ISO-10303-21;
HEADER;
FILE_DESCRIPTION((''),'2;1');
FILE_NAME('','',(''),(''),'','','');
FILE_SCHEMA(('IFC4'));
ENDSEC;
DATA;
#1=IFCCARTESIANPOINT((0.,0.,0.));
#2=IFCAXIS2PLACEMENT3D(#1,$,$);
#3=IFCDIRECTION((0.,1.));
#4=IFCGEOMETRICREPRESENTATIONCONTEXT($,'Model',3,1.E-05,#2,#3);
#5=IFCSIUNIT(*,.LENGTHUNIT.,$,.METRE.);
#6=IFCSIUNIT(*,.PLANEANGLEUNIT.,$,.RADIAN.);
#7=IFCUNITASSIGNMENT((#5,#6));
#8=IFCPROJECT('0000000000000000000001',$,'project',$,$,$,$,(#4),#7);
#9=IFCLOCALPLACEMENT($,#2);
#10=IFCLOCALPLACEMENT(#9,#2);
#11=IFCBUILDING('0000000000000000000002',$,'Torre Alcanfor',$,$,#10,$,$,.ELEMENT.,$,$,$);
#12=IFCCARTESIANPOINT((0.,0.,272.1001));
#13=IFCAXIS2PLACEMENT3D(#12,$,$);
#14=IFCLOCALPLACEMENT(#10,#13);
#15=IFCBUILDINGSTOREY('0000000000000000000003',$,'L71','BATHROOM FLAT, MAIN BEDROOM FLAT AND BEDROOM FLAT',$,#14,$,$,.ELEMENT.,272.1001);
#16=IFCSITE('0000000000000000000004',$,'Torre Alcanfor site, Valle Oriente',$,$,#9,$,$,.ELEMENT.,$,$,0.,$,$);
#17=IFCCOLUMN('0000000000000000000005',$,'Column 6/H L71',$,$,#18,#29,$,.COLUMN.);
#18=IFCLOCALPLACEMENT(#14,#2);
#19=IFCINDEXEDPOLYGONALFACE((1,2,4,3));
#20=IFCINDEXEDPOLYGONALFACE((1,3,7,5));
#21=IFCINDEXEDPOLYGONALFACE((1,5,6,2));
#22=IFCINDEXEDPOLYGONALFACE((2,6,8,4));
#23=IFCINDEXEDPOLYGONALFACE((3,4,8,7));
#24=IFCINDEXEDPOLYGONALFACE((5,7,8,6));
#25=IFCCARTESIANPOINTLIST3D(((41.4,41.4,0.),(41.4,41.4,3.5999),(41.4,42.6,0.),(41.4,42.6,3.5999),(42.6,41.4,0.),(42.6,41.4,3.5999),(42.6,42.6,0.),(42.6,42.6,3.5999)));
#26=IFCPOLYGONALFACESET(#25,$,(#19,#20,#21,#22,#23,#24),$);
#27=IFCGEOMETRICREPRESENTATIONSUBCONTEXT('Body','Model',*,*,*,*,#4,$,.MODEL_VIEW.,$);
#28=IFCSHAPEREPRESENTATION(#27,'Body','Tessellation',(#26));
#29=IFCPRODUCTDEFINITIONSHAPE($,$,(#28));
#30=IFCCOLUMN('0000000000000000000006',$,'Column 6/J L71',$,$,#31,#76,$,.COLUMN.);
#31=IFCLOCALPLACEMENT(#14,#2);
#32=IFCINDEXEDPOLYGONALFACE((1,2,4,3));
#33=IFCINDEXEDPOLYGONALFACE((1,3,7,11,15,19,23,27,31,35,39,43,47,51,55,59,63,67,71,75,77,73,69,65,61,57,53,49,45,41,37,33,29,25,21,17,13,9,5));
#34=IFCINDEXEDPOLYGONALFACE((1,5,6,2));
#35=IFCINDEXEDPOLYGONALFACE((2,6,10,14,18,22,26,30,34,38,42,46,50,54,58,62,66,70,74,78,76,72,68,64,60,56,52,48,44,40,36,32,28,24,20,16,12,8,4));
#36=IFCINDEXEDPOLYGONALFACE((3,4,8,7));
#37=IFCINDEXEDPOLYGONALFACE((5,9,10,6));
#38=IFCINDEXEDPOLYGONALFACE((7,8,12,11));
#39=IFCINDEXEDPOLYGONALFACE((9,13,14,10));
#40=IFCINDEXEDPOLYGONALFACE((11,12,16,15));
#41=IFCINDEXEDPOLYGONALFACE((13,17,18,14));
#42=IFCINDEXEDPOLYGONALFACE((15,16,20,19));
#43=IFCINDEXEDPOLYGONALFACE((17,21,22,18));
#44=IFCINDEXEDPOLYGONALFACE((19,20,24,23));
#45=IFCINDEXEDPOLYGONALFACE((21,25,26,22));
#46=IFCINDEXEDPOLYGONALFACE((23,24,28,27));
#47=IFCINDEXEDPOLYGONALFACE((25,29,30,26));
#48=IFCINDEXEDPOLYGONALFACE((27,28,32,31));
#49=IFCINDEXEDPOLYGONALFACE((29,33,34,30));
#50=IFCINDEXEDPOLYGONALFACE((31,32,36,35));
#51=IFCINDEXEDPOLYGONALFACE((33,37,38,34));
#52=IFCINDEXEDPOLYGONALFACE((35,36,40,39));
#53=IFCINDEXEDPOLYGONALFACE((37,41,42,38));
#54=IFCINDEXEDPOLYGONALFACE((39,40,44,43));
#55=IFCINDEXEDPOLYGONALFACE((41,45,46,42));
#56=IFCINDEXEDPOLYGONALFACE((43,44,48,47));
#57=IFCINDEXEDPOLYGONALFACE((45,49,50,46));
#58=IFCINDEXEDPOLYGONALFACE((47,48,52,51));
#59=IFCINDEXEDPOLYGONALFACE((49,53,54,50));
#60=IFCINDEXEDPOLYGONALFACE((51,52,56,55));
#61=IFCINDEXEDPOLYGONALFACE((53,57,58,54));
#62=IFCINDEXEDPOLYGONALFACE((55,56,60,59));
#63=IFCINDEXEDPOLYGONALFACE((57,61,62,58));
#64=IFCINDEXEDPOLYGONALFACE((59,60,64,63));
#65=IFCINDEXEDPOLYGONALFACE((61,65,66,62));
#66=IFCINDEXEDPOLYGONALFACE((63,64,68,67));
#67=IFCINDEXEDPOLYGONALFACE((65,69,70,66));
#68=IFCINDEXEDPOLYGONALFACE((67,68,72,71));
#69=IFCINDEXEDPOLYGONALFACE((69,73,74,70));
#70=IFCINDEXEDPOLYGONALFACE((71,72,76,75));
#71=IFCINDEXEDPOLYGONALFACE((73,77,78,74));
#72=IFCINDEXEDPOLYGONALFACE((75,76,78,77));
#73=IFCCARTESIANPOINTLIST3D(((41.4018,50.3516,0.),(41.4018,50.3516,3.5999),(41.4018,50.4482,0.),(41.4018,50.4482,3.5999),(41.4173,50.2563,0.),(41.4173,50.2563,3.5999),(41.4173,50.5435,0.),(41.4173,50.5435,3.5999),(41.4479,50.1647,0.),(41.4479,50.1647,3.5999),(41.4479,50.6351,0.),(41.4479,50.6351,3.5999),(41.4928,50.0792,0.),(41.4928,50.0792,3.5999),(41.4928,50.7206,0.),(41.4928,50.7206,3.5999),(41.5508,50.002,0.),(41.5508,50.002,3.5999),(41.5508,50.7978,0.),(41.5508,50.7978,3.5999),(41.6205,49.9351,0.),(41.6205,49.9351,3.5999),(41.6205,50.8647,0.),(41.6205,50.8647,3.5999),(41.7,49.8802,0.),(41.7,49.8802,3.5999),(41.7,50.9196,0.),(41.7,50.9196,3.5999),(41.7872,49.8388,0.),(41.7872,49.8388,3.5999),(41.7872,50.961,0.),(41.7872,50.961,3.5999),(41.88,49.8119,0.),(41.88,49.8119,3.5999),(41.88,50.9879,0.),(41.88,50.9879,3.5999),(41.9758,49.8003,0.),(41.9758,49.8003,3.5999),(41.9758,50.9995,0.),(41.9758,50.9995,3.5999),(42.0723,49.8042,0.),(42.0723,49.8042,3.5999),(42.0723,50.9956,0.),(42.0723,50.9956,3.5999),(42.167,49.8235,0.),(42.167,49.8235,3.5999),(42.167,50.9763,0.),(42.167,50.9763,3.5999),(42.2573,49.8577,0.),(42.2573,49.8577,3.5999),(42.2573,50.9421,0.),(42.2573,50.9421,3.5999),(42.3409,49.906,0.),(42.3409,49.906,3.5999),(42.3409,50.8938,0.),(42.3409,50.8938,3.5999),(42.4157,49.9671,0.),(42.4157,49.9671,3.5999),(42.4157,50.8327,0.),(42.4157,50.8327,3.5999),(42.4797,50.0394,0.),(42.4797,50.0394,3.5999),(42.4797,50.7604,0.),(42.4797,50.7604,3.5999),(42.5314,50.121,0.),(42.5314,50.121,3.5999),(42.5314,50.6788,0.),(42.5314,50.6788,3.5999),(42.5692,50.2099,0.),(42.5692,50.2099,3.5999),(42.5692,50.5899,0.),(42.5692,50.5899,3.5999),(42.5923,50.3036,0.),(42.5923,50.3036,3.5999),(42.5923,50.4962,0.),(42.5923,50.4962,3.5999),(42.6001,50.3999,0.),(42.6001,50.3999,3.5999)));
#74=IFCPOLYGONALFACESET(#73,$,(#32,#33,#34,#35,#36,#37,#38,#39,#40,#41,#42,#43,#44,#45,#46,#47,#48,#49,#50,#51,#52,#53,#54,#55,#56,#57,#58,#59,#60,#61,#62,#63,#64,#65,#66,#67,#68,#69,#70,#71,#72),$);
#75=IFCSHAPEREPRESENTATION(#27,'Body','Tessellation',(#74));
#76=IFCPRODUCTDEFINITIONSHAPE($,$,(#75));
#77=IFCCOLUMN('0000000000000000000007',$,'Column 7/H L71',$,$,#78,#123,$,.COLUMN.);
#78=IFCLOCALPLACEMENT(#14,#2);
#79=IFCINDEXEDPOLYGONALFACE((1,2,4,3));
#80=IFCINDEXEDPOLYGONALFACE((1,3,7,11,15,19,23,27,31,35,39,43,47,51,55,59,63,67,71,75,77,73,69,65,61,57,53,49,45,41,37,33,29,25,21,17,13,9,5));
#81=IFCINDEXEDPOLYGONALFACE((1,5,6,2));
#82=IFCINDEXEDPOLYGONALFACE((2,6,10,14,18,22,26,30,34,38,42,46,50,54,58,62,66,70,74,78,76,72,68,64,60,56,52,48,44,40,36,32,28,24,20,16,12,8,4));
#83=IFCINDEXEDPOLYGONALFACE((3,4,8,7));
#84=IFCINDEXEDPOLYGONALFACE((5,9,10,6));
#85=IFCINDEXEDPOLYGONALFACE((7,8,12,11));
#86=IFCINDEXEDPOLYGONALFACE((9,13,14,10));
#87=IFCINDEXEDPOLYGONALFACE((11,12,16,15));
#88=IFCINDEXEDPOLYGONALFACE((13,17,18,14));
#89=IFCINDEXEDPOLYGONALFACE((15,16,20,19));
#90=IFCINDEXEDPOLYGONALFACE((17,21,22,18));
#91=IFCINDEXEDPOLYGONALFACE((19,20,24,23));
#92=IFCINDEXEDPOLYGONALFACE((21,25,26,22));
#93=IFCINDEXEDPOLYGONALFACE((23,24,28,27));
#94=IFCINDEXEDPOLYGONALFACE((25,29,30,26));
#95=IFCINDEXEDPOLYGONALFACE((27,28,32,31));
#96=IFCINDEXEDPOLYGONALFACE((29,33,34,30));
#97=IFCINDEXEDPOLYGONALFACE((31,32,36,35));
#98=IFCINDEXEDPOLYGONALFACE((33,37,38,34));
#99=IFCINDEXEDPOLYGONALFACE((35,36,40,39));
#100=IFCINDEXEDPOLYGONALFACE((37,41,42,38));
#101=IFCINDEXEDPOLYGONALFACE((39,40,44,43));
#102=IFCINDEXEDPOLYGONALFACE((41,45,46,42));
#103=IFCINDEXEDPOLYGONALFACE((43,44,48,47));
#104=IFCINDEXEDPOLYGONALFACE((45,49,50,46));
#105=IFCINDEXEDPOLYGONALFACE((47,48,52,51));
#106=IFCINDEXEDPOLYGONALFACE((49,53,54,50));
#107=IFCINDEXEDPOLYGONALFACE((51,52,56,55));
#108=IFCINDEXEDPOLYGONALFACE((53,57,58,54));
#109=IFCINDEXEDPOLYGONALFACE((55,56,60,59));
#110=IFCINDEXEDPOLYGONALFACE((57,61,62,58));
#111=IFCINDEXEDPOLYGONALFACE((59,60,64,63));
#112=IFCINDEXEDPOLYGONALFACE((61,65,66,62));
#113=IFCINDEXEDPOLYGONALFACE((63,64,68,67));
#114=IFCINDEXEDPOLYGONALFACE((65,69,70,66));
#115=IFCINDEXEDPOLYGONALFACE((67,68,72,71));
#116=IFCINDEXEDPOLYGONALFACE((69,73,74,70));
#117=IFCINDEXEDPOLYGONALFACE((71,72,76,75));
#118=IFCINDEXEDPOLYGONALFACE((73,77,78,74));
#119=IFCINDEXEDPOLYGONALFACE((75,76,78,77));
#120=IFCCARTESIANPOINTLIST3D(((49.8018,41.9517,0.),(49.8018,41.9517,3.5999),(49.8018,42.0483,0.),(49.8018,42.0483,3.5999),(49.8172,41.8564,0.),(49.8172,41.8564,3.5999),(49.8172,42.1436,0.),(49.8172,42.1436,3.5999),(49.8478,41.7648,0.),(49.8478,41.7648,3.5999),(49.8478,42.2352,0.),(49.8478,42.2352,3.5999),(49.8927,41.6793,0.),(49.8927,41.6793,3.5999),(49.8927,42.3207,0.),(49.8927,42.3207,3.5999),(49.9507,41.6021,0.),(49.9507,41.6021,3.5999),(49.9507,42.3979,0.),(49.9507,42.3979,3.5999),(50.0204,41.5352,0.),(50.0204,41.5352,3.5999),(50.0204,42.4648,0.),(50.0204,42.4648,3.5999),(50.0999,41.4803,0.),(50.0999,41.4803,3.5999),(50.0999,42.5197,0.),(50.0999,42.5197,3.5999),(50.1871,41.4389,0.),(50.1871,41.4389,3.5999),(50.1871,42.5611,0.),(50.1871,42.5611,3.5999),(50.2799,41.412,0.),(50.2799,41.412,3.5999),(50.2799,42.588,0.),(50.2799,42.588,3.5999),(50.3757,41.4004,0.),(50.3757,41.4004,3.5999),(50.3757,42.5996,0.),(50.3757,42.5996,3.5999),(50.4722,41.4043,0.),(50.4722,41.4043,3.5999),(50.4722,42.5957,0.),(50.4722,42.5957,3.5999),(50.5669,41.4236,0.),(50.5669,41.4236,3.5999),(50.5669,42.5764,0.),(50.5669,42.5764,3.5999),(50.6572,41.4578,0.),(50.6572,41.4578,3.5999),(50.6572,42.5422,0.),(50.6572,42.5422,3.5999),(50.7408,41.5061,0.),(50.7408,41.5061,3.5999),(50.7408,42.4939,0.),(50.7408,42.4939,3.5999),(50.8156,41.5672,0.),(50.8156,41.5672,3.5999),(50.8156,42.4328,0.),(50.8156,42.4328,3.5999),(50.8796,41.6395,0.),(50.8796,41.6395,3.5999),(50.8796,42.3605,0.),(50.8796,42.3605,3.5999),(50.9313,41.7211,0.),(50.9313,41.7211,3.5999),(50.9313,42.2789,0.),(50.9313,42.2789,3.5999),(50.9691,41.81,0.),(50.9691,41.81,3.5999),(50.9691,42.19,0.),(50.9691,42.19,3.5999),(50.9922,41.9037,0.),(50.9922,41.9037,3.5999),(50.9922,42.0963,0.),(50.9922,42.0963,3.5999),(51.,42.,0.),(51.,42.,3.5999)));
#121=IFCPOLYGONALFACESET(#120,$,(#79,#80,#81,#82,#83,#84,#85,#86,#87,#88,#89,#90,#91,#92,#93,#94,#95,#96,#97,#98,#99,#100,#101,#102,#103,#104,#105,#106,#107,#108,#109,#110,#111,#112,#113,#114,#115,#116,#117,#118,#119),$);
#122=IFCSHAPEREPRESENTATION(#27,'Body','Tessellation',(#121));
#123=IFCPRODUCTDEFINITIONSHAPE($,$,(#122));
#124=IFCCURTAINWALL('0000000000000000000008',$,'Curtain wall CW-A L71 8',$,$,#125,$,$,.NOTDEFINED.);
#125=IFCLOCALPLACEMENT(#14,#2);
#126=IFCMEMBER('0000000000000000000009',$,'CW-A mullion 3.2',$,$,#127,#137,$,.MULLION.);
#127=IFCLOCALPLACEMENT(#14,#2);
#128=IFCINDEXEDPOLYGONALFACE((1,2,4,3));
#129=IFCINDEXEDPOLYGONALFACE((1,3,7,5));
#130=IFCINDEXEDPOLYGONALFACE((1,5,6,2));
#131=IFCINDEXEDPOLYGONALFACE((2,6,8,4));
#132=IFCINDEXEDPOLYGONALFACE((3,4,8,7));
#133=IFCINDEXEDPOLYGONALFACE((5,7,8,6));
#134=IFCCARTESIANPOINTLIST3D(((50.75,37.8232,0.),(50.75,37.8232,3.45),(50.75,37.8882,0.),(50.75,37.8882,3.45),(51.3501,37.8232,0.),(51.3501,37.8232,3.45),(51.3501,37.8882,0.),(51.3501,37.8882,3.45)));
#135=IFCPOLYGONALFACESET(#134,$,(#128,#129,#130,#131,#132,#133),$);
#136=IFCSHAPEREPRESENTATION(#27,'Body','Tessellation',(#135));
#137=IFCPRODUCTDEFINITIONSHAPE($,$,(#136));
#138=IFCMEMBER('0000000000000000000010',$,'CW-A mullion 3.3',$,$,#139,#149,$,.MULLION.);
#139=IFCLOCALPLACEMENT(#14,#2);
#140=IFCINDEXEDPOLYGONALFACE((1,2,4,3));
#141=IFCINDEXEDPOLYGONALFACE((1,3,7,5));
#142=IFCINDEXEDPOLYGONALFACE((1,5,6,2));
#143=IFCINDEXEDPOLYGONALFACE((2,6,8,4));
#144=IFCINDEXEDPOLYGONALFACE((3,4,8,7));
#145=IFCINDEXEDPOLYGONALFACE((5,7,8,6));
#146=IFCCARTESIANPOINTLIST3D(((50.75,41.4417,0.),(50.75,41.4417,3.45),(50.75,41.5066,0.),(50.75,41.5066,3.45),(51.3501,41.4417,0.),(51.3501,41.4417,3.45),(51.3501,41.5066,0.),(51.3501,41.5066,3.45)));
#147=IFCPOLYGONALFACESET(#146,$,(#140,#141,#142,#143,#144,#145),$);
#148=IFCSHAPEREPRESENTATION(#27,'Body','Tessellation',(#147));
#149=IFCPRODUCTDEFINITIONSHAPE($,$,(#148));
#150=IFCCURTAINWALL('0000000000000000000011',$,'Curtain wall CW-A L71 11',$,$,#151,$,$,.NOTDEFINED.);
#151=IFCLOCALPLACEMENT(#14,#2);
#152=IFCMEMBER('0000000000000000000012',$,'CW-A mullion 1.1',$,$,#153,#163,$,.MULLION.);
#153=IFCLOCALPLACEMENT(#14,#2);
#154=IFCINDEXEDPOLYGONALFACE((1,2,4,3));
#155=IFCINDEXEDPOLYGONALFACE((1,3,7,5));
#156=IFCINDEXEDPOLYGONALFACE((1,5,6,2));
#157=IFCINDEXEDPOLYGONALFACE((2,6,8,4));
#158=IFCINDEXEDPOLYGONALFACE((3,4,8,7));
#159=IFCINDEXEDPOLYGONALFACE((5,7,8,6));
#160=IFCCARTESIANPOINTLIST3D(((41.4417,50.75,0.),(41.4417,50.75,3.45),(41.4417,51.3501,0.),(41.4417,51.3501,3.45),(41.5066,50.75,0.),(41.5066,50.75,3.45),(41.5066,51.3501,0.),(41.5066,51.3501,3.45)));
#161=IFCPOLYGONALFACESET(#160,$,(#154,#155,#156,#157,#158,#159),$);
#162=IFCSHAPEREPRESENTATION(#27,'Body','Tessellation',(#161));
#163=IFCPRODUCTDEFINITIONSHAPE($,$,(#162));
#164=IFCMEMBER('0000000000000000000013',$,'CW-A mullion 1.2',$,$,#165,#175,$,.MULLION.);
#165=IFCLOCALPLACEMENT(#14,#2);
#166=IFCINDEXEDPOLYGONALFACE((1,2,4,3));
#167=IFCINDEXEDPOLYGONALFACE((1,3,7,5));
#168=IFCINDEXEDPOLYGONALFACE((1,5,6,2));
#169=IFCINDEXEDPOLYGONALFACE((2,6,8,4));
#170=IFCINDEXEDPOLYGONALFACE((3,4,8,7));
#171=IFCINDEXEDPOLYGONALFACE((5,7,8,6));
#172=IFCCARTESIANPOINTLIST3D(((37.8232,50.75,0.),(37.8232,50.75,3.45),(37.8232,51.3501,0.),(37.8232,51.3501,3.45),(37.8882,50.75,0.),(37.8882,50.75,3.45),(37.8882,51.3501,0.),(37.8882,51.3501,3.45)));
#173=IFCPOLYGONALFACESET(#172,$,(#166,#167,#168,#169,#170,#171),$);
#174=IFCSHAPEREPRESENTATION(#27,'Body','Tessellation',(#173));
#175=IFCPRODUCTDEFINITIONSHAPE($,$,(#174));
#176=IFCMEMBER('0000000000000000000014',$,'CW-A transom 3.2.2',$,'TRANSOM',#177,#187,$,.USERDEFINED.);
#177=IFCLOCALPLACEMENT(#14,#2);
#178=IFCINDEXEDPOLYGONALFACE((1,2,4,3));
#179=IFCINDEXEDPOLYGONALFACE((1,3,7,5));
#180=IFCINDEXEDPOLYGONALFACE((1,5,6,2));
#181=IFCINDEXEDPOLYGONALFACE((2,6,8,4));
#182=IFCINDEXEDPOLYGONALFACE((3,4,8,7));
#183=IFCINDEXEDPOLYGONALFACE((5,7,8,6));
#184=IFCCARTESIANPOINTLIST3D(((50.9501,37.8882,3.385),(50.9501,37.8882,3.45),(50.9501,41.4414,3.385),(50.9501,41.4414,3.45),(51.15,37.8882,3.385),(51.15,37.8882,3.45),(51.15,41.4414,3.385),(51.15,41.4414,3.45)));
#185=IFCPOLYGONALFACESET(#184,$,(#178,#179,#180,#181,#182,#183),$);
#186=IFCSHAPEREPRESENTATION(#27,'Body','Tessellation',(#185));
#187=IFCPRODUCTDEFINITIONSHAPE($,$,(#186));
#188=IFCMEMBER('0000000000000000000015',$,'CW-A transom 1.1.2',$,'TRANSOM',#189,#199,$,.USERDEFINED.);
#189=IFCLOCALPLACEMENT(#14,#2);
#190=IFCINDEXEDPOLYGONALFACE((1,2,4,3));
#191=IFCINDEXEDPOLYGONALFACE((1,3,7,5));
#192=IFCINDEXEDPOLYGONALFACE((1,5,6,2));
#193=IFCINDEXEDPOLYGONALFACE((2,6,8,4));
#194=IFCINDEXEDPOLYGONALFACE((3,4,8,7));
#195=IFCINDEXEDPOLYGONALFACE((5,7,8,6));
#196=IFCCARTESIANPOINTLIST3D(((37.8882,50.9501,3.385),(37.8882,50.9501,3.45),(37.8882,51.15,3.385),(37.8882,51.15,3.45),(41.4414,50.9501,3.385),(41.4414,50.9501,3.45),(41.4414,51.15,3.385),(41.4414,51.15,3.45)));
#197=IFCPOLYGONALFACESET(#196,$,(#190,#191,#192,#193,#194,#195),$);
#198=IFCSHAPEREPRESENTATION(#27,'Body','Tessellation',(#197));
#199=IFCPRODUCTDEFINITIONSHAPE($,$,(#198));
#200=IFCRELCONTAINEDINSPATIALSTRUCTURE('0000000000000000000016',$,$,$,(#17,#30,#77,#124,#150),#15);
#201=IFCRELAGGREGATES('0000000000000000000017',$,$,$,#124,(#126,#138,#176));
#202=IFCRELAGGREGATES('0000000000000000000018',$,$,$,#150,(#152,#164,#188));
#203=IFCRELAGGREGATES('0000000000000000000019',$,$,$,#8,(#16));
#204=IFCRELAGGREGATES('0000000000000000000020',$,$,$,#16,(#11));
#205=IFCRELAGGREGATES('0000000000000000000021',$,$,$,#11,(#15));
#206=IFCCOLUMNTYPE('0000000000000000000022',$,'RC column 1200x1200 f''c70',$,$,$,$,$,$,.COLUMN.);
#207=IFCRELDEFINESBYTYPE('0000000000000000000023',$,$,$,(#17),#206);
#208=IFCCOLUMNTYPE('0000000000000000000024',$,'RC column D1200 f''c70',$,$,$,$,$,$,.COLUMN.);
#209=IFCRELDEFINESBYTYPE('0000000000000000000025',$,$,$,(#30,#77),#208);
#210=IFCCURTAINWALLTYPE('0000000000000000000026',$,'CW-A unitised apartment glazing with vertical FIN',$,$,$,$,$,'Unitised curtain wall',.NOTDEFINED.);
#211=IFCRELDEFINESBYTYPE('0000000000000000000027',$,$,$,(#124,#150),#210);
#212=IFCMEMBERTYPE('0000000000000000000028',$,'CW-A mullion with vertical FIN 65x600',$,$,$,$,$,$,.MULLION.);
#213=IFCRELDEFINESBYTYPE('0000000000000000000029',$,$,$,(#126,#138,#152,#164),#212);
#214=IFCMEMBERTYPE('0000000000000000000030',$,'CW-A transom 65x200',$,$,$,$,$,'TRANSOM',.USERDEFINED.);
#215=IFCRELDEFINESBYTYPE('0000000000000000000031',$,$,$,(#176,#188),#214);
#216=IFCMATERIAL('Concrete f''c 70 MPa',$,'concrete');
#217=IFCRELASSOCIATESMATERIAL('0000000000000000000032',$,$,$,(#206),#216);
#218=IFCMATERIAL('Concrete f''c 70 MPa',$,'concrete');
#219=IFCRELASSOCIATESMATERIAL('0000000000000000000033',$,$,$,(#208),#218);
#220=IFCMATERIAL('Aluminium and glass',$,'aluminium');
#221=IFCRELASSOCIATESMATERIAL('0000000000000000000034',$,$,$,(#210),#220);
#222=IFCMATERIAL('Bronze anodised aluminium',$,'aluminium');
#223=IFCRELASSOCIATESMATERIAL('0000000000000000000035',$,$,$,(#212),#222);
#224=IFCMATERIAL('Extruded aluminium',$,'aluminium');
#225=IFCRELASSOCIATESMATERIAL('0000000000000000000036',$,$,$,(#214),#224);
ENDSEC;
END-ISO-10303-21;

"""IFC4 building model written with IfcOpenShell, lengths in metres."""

from ifc_helpers import new_model, si_unit, direction, frame, origin, origin_2d, place, context, subcontext, project, spatial, rectangle, circle, extrude, material, material_profile, profile_set, type_object, element, aggregate, save


model = new_model("IFC4")

# Units and contexts
model_context = context("Model", 3, precision=1e-05, world=origin(), true_north=direction((0.0, 1.0)))
body_context = subcontext(model_context, "Body", "Model", "MODEL_VIEW")
ifc_project = project(units=[si_unit("LENGTHUNIT", "METRE"), si_unit("PLANEANGLEUNIT", "RADIAN")], contexts=[model_context])

# Site, building, storey
site_placement = place(None, origin())
site = spatial("IfcSite", under=ifc_project, at=site_placement, Name="Torre Alcanfor site, Valle Oriente", CompositionType="ELEMENT", RefElevation=0.0)
building_placement = place(site_placement, origin())
building = spatial("IfcBuilding", under=site, at=building_placement, Name="Torre Alcanfor", CompositionType="ELEMENT")
storey_placement = place(building_placement, frame((0.0, 0.0, 272.1001)))
storey = spatial("IfcBuildingStorey", under=building, at=storey_placement, Name="L71", Description="BATHROOM FLAT, MAIN BEDROOM FLAT AND BEDROOM FLAT", CompositionType="ELEMENT", Elevation=272.1001)

# Columns
ifc_material_1 = material(Name="Concrete f'c 70 MPa", Category="concrete")
ifc_material_profile_1 = material_profile(ifc_material_1, rectangle(XDim=1.2, YDim=1.2, at=origin_2d()), Name="1200x1200")
ifc_profile_set_1 = profile_set([ifc_material_profile_1], Name="Concrete f'c 70 MPa")
column_type_1 = type_object("IfcColumnType", Name="RC column 1200x1200 f'c70", PredefinedType="COLUMN", material=ifc_profile_set_1)
column_placement = place(storey_placement, frame((42.0, 42.0, 0.0), z_axis=(0.0, 0.0, 1.0), x_axis=(1.0, 0.0, 0.0)))
element("IfcColumn", 1, at=column_placement, inside=storey, type_object=column_type_1, Name="Column 6/H L71", PredefinedType="COLUMN", context=body_context, shape_type="SweptSolid", body=[
    extrude(rectangle(XDim=1.2, YDim=1.2, at=origin_2d()), origin(), (0.0, 0.0, 1.0), 3.5999),
])
ifc_material_2 = material(Name="Concrete f'c 70 MPa", Category="concrete")
ifc_material_profile_2 = material_profile(ifc_material_2, circle(Radius=0.6001, at=origin_2d()), Name="D1200")
ifc_profile_set_2 = profile_set([ifc_material_profile_2], Name="Concrete f'c 70 MPa")
column_type_2 = type_object("IfcColumnType", Name="RC column D1200 f'c70", PredefinedType="COLUMN", material=ifc_profile_set_2)
for number, where, z_axis, x_axis, name in (
    (2, (42.0, 50.3999, 0.0), (0.0, 0.0, 1.0), (1.0, 0.0, 0.0), "Column 6/J L71"),
    (3, (50.3999, 42.0, 0.0), (0.0, 0.0, 1.0), (1.0, 0.0, 0.0), "Column 7/H L71"),
):
    element("IfcColumn", number, at=place(storey_placement, frame(where, z_axis=z_axis, x_axis=x_axis)), inside=storey, type_object=column_type_2, Name=name, PredefinedType="COLUMN", context=body_context, shape_type="SweptSolid", body=[
        extrude(circle(Radius=0.6001, at=origin_2d()), origin(), (0.0, 0.0, 1.0), 3.5999),
    ])

# Curtain walls, members
ifc_material_3 = material(Name="Aluminium and glass", Category="aluminium")
curtain_wall_type = type_object("IfcCurtainWallType", Name="CW-A unitised apartment glazing with vertical FIN", ElementType="Unitised curtain wall", PredefinedType="NOTDEFINED", material=ifc_material_3)
curtain_wall_1_placement = place(storey_placement, origin())
curtain_wall_1 = element("IfcCurtainWall", 4, at=curtain_wall_1_placement, inside=storey, type_object=curtain_wall_type, Name="Curtain wall CW-A L71 8", PredefinedType="NOTDEFINED")
ifc_material_4 = material(Name="Bronze anodised aluminium", Category="aluminium")
ifc_material_profile_3 = material_profile(ifc_material_4, rectangle(XDim=0.6001, YDim=0.0649, at=origin_2d()), Name="CW-A mullion 65x600")
ifc_profile_set_3 = profile_set([ifc_material_profile_3], Name="Bronze anodised aluminium")
member_type_1 = type_object("IfcMemberType", Name="CW-A mullion with vertical FIN 65x600", PredefinedType="MULLION", material=ifc_profile_set_3)
member_1_placement = place(storey_placement, frame((51.05, 37.8557, 0.0), z_axis=(0.0, 0.0, 1.0), x_axis=(-1.0, 0.0, 0.0)))
member_1 = element("IfcMember", 5, at=member_1_placement, type_object=member_type_1, Name="CW-A mullion 3.2", PredefinedType="MULLION", context=body_context, shape_type="SweptSolid", body=[
    extrude(rectangle(XDim=0.6001, YDim=0.0649, at=origin_2d()), origin(), (0.0, 0.0, 1.0), 3.45),
])
member_2_placement = place(storey_placement, frame((51.05, 41.4741, 0.0), z_axis=(0.0, 0.0, 1.0), x_axis=(-1.0, 0.0, 0.0)))
member_2 = element("IfcMember", 6, at=member_2_placement, type_object=member_type_1, Name="CW-A mullion 3.3", PredefinedType="MULLION", context=body_context, shape_type="SweptSolid", body=[
    extrude(rectangle(XDim=0.6001, YDim=0.0649, at=origin_2d()), origin(), (0.0, 0.0, 1.0), 3.45),
])
curtain_wall_2_placement = place(storey_placement, origin())
curtain_wall_2 = element("IfcCurtainWall", 7, at=curtain_wall_2_placement, inside=storey, type_object=curtain_wall_type, Name="Curtain wall CW-A L71 11", PredefinedType="NOTDEFINED")
member_3_placement = place(storey_placement, frame((41.4741, 51.05, 0.0), z_axis=(0.0, 0.0, 1.0), x_axis=(0.0, -1.0, 0.0)))
member_3 = element("IfcMember", 8, at=member_3_placement, type_object=member_type_1, Name="CW-A mullion 1.1", PredefinedType="MULLION", context=body_context, shape_type="SweptSolid", body=[
    extrude(rectangle(XDim=0.6001, YDim=0.0649, at=origin_2d()), origin(), (0.0, 0.0, 1.0), 3.45),
])
member_4_placement = place(storey_placement, frame((37.8557, 51.05, 0.0), z_axis=(0.0, 0.0, 1.0), x_axis=(0.0, -1.0, 0.0)))
member_4 = element("IfcMember", 9, at=member_4_placement, type_object=member_type_1, Name="CW-A mullion 1.2", PredefinedType="MULLION", context=body_context, shape_type="SweptSolid", body=[
    extrude(rectangle(XDim=0.6001, YDim=0.0649, at=origin_2d()), origin(), (0.0, 0.0, 1.0), 3.45),
])

# Members
ifc_material_5 = material(Name="Extruded aluminium", Category="aluminium")
ifc_material_profile_4 = material_profile(ifc_material_5, rectangle(XDim=0.2, YDim=0.0649, at=origin_2d()), Name="CW-A transom 200x65")
ifc_profile_set_4 = profile_set([ifc_material_profile_4], Name="Extruded aluminium")
member_type_2 = type_object("IfcMemberType", Name="CW-A transom 65x200", ElementType="TRANSOM", PredefinedType="USERDEFINED", material=ifc_profile_set_4)
member_5_placement = place(storey_placement, frame((51.05, 37.8882, 3.4175), z_axis=(0.0, 1.0, 0.0), x_axis=(-1.0, 0.0, 0.0)))
member_5 = element("IfcMember", 10, at=member_5_placement, type_object=member_type_2, Name="CW-A transom 3.2.2", ObjectType="TRANSOM", PredefinedType="USERDEFINED", context=body_context, shape_type="SweptSolid", body=[
    extrude(rectangle(XDim=0.2, YDim=0.0649, at=origin_2d()), origin(), (0.0, 0.0, 1.0), 3.5532),
])
member_6_placement = place(storey_placement, frame((41.4414, 51.05, 3.4175), z_axis=(-1.0, 0.0, 0.0), x_axis=(0.0, -1.0, 0.0)))
member_6 = element("IfcMember", 11, at=member_6_placement, type_object=member_type_2, Name="CW-A transom 1.1.2", ObjectType="TRANSOM", PredefinedType="USERDEFINED", context=body_context, shape_type="SweptSolid", body=[
    extrude(rectangle(XDim=0.2, YDim=0.0649, at=origin_2d()), origin(), (0.0, 0.0, 1.0), 3.5532),
])

aggregate(curtain_wall_1, [member_1, member_2, member_5])
aggregate(curtain_wall_2, [member_3, member_4, member_6])

save(model, "model.ifc")
